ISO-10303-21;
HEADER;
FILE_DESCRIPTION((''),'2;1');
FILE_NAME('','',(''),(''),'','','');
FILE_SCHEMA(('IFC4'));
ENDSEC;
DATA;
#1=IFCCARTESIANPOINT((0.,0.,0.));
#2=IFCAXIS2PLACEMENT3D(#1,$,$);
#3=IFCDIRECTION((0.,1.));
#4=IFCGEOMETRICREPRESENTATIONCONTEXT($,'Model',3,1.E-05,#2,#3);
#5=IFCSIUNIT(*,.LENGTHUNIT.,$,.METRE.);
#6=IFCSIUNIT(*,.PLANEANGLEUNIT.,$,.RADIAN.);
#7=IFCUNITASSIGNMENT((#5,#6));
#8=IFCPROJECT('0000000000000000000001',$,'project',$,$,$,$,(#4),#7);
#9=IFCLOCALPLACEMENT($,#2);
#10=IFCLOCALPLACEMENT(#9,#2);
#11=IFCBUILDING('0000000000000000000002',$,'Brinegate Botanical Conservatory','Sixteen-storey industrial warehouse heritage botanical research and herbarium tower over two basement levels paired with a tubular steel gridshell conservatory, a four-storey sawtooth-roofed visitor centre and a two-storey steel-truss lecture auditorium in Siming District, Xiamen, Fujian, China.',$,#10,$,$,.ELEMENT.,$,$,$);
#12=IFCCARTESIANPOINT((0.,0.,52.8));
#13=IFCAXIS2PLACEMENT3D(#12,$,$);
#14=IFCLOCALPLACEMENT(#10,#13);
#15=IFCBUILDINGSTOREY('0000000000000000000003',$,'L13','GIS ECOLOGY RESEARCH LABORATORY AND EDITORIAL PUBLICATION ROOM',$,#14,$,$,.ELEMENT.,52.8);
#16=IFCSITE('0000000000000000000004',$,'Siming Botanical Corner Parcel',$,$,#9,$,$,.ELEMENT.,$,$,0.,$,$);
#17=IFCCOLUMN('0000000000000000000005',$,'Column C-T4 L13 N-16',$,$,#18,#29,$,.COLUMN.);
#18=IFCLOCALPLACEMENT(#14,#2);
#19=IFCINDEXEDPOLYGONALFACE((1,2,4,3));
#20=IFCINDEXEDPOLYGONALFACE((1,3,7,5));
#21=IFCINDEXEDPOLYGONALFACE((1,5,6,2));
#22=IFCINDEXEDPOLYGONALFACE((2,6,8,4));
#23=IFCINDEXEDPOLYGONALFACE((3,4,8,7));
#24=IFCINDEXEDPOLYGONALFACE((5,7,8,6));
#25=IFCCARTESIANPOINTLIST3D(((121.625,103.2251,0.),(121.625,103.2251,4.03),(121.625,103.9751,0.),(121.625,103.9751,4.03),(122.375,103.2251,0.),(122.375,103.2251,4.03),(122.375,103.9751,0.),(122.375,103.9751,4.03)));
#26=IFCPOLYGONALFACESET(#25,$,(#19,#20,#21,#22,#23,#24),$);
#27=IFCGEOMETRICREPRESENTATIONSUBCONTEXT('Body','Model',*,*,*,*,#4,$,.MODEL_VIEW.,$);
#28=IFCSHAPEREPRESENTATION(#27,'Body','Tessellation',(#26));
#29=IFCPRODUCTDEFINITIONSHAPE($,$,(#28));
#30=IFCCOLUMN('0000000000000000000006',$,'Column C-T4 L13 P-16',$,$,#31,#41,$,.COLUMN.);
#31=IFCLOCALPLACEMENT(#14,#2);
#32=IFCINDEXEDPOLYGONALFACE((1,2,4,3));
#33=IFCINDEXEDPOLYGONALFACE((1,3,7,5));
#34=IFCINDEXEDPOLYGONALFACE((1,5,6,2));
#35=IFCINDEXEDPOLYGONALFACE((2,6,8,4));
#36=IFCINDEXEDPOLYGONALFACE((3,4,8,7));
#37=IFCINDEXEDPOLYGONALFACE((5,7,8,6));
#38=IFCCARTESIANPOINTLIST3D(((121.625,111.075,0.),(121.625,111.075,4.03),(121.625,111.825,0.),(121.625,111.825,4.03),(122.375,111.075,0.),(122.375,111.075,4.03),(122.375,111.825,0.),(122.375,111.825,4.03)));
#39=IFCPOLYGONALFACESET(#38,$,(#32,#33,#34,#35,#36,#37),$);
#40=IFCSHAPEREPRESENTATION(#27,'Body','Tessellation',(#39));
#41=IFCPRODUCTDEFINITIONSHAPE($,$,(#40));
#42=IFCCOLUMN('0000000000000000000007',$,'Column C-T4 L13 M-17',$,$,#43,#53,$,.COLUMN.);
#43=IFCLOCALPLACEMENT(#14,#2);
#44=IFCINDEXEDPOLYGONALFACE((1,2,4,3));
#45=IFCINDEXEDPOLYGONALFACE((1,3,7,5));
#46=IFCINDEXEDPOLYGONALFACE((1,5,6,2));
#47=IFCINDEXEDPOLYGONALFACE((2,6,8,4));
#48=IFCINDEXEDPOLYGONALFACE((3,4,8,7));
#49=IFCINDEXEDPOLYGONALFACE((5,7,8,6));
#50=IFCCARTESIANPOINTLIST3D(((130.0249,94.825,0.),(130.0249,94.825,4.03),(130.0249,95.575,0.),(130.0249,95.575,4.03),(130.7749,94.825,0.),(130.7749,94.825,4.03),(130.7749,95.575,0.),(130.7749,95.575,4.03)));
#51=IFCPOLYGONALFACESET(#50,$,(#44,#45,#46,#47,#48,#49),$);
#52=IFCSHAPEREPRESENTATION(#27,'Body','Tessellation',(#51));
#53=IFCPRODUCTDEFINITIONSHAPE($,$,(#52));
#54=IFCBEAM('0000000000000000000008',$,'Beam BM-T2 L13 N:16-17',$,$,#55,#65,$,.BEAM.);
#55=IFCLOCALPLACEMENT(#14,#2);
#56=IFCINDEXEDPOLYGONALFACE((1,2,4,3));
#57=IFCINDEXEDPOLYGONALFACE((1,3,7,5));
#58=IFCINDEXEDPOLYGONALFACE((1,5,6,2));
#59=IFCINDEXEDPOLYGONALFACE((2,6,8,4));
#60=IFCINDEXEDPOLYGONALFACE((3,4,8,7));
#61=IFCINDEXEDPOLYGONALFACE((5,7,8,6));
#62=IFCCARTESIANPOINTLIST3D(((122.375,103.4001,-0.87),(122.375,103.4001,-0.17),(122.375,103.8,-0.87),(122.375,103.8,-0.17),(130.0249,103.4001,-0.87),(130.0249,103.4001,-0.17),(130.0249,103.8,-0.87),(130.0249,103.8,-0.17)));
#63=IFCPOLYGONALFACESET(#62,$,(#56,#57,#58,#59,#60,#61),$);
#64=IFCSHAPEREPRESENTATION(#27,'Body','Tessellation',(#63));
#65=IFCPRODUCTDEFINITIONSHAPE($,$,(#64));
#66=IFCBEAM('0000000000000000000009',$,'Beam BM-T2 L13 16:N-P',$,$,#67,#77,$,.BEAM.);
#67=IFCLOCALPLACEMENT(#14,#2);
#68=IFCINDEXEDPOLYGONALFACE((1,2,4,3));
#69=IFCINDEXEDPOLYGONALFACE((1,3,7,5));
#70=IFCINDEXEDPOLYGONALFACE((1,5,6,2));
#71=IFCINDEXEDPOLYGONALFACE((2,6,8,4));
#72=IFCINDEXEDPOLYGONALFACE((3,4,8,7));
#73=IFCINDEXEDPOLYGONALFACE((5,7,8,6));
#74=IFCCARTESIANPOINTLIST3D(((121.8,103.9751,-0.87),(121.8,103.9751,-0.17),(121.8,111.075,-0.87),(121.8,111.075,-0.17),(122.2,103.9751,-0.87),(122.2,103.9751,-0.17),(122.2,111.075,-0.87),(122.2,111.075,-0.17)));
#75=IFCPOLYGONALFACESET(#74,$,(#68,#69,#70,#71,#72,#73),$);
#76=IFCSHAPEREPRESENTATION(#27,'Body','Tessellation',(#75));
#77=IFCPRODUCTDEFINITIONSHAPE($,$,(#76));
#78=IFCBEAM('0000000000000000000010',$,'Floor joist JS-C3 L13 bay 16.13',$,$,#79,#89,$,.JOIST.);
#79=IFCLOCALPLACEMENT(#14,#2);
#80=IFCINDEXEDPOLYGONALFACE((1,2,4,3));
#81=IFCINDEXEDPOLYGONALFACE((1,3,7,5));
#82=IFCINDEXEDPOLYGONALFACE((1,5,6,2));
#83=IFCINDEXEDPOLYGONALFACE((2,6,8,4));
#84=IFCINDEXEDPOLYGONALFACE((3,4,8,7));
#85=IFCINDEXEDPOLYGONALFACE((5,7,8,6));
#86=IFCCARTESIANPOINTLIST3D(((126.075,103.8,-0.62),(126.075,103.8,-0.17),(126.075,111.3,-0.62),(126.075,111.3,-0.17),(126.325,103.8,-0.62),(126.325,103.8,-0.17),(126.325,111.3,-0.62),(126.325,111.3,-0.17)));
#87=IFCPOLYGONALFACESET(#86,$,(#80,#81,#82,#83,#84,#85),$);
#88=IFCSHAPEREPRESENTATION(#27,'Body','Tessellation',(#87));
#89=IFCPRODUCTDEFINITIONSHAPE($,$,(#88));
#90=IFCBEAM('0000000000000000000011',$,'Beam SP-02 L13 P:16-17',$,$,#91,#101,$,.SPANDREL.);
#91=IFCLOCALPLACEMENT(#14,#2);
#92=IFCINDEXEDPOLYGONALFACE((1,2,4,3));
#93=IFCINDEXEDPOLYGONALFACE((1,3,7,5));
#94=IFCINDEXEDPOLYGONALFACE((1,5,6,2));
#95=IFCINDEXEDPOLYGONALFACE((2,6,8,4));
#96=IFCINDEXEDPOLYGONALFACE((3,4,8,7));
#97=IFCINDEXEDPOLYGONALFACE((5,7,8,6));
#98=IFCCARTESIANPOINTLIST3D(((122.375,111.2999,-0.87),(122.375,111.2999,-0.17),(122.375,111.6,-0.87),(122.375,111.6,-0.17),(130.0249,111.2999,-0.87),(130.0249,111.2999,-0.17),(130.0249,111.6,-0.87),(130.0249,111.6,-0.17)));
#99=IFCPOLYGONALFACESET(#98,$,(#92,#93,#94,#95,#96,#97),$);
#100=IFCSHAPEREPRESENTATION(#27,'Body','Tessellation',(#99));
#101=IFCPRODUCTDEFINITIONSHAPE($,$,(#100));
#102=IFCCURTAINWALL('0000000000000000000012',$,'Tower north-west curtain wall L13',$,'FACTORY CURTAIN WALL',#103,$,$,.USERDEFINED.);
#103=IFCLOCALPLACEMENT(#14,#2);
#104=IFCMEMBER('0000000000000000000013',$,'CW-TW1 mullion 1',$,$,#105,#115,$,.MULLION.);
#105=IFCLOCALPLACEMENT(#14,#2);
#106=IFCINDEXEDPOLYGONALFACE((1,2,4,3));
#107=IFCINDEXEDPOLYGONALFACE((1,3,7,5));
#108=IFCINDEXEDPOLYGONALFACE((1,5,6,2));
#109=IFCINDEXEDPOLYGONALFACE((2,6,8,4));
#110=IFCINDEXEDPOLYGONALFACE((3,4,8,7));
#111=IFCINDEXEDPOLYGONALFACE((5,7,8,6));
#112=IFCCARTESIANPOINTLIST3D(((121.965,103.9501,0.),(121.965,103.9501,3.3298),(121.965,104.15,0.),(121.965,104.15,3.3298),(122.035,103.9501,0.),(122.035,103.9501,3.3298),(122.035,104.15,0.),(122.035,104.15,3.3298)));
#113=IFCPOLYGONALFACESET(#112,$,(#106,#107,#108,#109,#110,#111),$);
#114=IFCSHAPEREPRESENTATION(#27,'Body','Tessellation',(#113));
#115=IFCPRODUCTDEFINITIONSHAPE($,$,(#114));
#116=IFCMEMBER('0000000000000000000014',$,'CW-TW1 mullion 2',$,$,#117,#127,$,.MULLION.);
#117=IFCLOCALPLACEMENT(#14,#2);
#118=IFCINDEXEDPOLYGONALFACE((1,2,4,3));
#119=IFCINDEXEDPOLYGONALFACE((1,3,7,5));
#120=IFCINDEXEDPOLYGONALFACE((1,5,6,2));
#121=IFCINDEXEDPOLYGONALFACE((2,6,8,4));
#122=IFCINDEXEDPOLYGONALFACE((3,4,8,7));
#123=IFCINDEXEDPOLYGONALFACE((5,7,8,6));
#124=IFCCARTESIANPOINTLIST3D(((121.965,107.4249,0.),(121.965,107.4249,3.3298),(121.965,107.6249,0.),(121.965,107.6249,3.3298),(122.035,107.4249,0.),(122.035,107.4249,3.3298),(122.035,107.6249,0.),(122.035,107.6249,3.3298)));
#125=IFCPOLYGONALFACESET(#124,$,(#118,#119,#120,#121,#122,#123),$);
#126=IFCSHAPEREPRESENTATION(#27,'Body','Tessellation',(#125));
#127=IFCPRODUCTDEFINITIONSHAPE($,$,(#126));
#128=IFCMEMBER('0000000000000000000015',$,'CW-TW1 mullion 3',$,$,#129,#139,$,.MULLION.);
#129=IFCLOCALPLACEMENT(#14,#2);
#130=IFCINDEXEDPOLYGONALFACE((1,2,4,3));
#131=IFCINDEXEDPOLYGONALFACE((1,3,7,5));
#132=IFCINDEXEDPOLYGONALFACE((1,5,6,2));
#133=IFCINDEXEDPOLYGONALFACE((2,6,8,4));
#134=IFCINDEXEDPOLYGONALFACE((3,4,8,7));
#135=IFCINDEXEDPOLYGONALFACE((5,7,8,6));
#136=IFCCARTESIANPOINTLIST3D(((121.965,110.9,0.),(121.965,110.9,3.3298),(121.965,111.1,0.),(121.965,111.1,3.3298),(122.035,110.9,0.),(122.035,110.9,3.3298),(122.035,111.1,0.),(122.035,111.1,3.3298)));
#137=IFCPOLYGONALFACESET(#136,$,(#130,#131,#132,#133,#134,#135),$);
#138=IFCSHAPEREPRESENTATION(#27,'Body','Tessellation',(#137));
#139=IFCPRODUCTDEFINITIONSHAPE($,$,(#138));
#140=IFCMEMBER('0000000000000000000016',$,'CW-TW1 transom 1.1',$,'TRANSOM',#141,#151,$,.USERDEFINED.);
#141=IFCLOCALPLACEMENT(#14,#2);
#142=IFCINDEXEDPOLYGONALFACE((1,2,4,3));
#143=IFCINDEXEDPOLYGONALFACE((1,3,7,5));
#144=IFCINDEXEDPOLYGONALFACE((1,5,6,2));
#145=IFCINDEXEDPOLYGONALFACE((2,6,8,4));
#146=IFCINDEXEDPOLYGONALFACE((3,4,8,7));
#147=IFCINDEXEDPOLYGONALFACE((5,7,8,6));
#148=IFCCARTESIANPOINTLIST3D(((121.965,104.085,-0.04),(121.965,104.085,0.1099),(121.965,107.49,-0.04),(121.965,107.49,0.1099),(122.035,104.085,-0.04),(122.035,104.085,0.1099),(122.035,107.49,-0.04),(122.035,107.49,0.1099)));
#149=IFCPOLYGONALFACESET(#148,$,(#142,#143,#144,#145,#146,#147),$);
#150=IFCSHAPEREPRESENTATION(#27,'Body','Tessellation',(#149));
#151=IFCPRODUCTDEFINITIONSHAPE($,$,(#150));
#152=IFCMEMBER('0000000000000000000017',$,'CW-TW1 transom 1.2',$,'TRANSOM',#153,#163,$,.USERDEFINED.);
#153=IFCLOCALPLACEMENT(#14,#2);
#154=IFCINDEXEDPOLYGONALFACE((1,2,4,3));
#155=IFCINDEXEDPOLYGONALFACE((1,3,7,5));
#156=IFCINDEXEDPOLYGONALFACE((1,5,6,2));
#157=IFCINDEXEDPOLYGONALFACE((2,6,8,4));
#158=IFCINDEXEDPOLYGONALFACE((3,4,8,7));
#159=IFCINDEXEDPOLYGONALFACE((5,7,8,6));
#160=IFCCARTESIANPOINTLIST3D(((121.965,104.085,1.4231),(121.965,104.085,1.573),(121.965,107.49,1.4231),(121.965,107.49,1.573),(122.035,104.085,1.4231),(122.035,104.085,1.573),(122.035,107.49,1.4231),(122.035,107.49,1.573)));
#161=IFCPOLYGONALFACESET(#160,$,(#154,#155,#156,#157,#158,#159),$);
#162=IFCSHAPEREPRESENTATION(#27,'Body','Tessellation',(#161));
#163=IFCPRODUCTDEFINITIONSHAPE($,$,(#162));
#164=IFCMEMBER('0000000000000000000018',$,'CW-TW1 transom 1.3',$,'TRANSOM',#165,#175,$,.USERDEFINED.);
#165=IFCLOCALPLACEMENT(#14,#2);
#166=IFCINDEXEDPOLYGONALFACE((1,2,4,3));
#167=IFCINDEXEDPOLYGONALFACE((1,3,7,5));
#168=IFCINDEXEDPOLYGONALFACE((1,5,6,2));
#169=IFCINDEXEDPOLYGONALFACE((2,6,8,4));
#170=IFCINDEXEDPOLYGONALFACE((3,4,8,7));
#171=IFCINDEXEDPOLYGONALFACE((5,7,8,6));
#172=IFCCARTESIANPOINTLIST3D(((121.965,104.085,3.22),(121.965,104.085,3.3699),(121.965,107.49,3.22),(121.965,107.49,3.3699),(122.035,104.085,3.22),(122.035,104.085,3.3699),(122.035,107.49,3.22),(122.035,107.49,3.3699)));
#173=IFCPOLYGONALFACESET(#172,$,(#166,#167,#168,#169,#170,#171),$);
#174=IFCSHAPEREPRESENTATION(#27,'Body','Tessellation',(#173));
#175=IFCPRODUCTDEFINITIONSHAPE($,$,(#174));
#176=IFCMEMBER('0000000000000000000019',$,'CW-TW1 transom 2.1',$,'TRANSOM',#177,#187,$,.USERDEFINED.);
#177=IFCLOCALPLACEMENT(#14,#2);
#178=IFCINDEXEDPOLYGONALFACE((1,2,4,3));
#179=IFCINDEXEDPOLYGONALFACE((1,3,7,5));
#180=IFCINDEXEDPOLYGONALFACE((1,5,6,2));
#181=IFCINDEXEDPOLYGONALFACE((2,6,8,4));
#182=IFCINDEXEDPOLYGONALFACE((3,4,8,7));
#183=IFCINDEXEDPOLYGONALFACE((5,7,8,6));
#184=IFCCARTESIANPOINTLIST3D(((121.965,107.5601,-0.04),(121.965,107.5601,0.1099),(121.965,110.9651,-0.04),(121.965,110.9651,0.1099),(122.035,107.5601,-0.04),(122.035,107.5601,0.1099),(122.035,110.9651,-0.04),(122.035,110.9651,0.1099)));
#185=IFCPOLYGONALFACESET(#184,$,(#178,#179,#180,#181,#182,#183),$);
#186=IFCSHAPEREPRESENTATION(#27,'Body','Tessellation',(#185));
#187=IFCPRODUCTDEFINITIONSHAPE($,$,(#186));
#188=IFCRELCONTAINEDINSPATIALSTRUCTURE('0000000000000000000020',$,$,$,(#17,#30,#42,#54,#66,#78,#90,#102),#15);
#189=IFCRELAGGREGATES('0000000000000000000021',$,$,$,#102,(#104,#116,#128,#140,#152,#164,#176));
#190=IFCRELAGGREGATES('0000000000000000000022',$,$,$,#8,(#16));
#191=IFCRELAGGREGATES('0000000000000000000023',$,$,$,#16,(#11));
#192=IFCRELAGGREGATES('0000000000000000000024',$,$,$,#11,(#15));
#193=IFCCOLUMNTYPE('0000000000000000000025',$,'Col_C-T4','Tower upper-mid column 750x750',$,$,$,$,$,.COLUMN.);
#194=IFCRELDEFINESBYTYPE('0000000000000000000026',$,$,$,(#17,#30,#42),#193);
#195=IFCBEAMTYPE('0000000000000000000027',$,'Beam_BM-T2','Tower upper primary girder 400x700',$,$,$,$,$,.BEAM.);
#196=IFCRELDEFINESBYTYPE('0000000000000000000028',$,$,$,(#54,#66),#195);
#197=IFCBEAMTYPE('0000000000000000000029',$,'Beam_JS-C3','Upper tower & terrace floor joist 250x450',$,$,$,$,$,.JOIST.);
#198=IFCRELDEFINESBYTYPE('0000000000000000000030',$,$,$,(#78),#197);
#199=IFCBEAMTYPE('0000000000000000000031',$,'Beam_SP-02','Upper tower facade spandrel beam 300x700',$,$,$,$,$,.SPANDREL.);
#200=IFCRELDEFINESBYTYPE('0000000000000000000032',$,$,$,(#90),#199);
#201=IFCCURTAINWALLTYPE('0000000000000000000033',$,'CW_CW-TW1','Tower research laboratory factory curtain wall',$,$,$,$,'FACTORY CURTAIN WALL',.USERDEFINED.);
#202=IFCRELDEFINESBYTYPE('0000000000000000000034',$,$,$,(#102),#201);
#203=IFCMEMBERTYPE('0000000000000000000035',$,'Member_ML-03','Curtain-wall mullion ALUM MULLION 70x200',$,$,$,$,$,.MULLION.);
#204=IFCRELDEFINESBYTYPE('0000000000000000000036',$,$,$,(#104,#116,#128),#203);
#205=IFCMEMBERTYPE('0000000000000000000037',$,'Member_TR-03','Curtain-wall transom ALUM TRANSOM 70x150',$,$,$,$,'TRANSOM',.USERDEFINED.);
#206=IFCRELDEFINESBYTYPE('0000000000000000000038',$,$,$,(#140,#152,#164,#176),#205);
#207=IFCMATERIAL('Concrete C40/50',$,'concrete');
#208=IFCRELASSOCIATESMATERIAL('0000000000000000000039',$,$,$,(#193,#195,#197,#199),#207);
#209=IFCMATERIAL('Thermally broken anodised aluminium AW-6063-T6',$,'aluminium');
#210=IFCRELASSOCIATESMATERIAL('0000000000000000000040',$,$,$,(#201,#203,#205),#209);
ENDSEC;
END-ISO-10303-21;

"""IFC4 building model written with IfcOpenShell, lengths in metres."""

from ifc_helpers import new_model, si_unit, direction, frame, origin, origin_2d, place, context, subcontext, project, spatial, rectangle, extrude, material, material_profile, profile_set, type_object, element, aggregate, save


model = new_model("IFC4")

# Units and contexts
model_context = context("Model", 3, precision=1e-05, world=origin(), true_north=direction((0.0, 1.0)))
body_context = subcontext(model_context, "Body", "Model", "MODEL_VIEW")
ifc_project = project(units=[si_unit("LENGTHUNIT", "METRE"), si_unit("PLANEANGLEUNIT", "RADIAN")], contexts=[model_context])

# Site, building, storey
site_placement = place(None, origin())
site = spatial("IfcSite", under=ifc_project, at=site_placement, Name="Siming Botanical Corner Parcel", CompositionType="ELEMENT", RefElevation=0.0)
building_placement = place(site_placement, origin())
building = spatial("IfcBuilding", under=site, at=building_placement, Name="Brinegate Botanical Conservatory", Description="Sixteen-storey industrial warehouse heritage botanical research and herbarium tower over two basement levels paired with a tubular steel gridshell conservatory, a four-storey sawtooth-roofed visitor centre and a two-storey steel-truss lecture auditorium in Siming District, Xiamen, Fujian, China.", CompositionType="ELEMENT")
storey_placement = place(building_placement, frame((0.0, 0.0, 52.8)))
storey = spatial("IfcBuildingStorey", under=building, at=storey_placement, Name="L13", Description="GIS ECOLOGY RESEARCH LABORATORY AND EDITORIAL PUBLICATION ROOM", CompositionType="ELEMENT", Elevation=52.8)

# Columns
ifc_material_1 = material(Name="Concrete C40/50", Category="concrete")
ifc_material_profile_1 = material_profile(ifc_material_1, rectangle(XDim=0.75, YDim=0.75, at=origin_2d()), Name="RC COL 750x750")
ifc_profile_set_1 = profile_set([ifc_material_profile_1], Name="Concrete C40/50")
column_type = type_object("IfcColumnType", Name="Col_C-T4", Description="Tower upper-mid column 750x750", PredefinedType="COLUMN", material=ifc_profile_set_1)
for number, where, z_axis, x_axis, name in (
    (1, (122.0, 103.6001, 0.0), (0.0, 0.0, 1.0), (1.0, 0.0, 0.0), "Column C-T4 L13 N-16"),
    (2, (122.0, 111.45, 0.0), (0.0, 0.0, 1.0), (1.0, 0.0, 0.0), "Column C-T4 L13 P-16"),
    (3, (130.3999, 95.2, 0.0), (0.0, 0.0, 1.0), (1.0, 0.0, 0.0), "Column C-T4 L13 M-17"),
):
    element("IfcColumn", number, at=place(storey_placement, frame(where, z_axis=z_axis, x_axis=x_axis)), inside=storey, type_object=column_type, Name=name, PredefinedType="COLUMN", context=body_context, shape_type="SweptSolid", body=[
        extrude(rectangle(XDim=0.75, YDim=0.75, at=origin_2d()), origin(), (0.0, 0.0, 1.0), 4.03),
    ])

# Beams
ifc_material_profile_2 = material_profile(ifc_material_1, rectangle(XDim=0.3999, YDim=0.7, at=origin_2d()), Name="RC BM 400x700")
ifc_profile_set_2 = profile_set([ifc_material_profile_2], Name="Concrete C40/50")
beam_type_1 = type_object("IfcBeamType", Name="Beam_BM-T2", Description="Tower upper primary girder 400x700", PredefinedType="BEAM", material=ifc_profile_set_2)
beam_1_placement = place(storey_placement, frame((122.375, 103.6001, -0.52), z_axis=(1.0, 0.0, 0.0), x_axis=(0.0, 1.0, 0.0)))
element("IfcBeam", 4, at=beam_1_placement, inside=storey, type_object=beam_type_1, Name="Beam BM-T2 L13 N:16-17", PredefinedType="BEAM", context=body_context, shape_type="SweptSolid", body=[
    extrude(rectangle(XDim=0.3999, YDim=0.7, at=origin_2d()), origin(), (0.0, 0.0, 1.0), 7.6499),
])
beam_2_placement = place(storey_placement, frame((122.0, 103.9751, -0.52), z_axis=(0.0, 1.0, 0.0), x_axis=(-1.0, 0.0, 0.0)))
element("IfcBeam", 5, at=beam_2_placement, inside=storey, type_object=beam_type_1, Name="Beam BM-T2 L13 16:N-P", PredefinedType="BEAM", context=body_context, shape_type="SweptSolid", body=[
    extrude(rectangle(XDim=0.3999, YDim=0.7, at=origin_2d()), origin(), (0.0, 0.0, 1.0), 7.0999),
])
ifc_material_profile_3 = material_profile(ifc_material_1, rectangle(XDim=0.25, YDim=0.45, at=origin_2d()), Name="RC JST 250x450")
ifc_profile_set_3 = profile_set([ifc_material_profile_3], Name="Concrete C40/50")
beam_type_2 = type_object("IfcBeamType", Name="Beam_JS-C3", Description="Upper tower & terrace floor joist 250x450", PredefinedType="JOIST", material=ifc_profile_set_3)
beam_3_placement = place(storey_placement, frame((126.2, 103.8, -0.395), z_axis=(0.0, 1.0, 0.0), x_axis=(-1.0, 0.0, 0.0)))
element("IfcBeam", 6, at=beam_3_placement, inside=storey, type_object=beam_type_2, Name="Floor joist JS-C3 L13 bay 16.13", PredefinedType="JOIST", context=body_context, shape_type="SweptSolid", body=[
    extrude(rectangle(XDim=0.25, YDim=0.45, at=origin_2d()), origin(), (0.0, 0.0, 1.0), 7.5),
])
ifc_material_profile_4 = material_profile(ifc_material_1, rectangle(XDim=0.3, YDim=0.7, at=origin_2d()), Name="RC SPN 300x700")
ifc_profile_set_4 = profile_set([ifc_material_profile_4], Name="Concrete C40/50")
beam_type_3 = type_object("IfcBeamType", Name="Beam_SP-02", Description="Upper tower facade spandrel beam 300x700", PredefinedType="SPANDREL", material=ifc_profile_set_4)
beam_4_placement = place(storey_placement, frame((122.375, 111.45, -0.52), z_axis=(1.0, 0.0, 0.0), x_axis=(0.0, 1.0, 0.0)))
element("IfcBeam", 7, at=beam_4_placement, inside=storey, type_object=beam_type_3, Name="Beam SP-02 L13 P:16-17", PredefinedType="SPANDREL", context=body_context, shape_type="SweptSolid", body=[
    extrude(rectangle(XDim=0.3, YDim=0.7, at=origin_2d()), origin(), (0.0, 0.0, 1.0), 7.6499),
])

# Curtain wall, members
ifc_material_2 = material(Name="Thermally broken anodised aluminium AW-6063-T6", Category="aluminium")
curtain_wall_type = type_object("IfcCurtainWallType", Name="CW_CW-TW1", Description="Tower research laboratory factory curtain wall", ElementType="FACTORY CURTAIN WALL", PredefinedType="USERDEFINED", material=ifc_material_2)
curtain_wall_placement = place(storey_placement, origin())
curtain_wall = element("IfcCurtainWall", 8, at=curtain_wall_placement, inside=storey, type_object=curtain_wall_type, Name="Tower north-west curtain wall L13", ObjectType="FACTORY CURTAIN WALL", PredefinedType="USERDEFINED")
ifc_material_profile_5 = material_profile(ifc_material_2, rectangle(XDim=0.0701, YDim=0.2, at=origin_2d()), Name="ALUM MULLION 70x200")
ifc_profile_set_5 = profile_set([ifc_material_profile_5], Name="Thermally broken anodised aluminium AW-6063-T6")
member_type_1 = type_object("IfcMemberType", Name="Member_ML-03", Description="Curtain-wall mullion ALUM MULLION 70x200", PredefinedType="MULLION", material=ifc_profile_set_5)
member_1_placement = place(storey_placement, frame((122.0, 104.05, 0.0), z_axis=(0.0, 0.0, 1.0), x_axis=(-1.0, 0.0, 0.0)))
member_1 = element("IfcMember", 9, at=member_1_placement, type_object=member_type_1, Name="CW-TW1 mullion 1", PredefinedType="MULLION", context=body_context, shape_type="SweptSolid", body=[
    extrude(rectangle(XDim=0.0701, YDim=0.2, at=origin_2d()), origin(), (0.0, 0.0, 1.0), 3.3298),
])
member_2_placement = place(storey_placement, frame((122.0, 107.5249, 0.0), z_axis=(0.0, 0.0, 1.0), x_axis=(-1.0, 0.0, 0.0)))
member_2 = element("IfcMember", 10, at=member_2_placement, type_object=member_type_1, Name="CW-TW1 mullion 2", PredefinedType="MULLION", context=body_context, shape_type="SweptSolid", body=[
    extrude(rectangle(XDim=0.0701, YDim=0.2, at=origin_2d()), origin(), (0.0, 0.0, 1.0), 3.3298),
])
member_3_placement = place(storey_placement, frame((122.0, 111.0, 0.0), z_axis=(0.0, 0.0, 1.0), x_axis=(-1.0, 0.0, 0.0)))
member_3 = element("IfcMember", 11, at=member_3_placement, type_object=member_type_1, Name="CW-TW1 mullion 3", PredefinedType="MULLION", context=body_context, shape_type="SweptSolid", body=[
    extrude(rectangle(XDim=0.0701, YDim=0.2, at=origin_2d()), origin(), (0.0, 0.0, 1.0), 3.3298),
])
ifc_material_profile_6 = material_profile(ifc_material_2, rectangle(XDim=0.0701, YDim=0.1499, at=origin_2d()), Name="ALUM TRANSOM 70x150")
ifc_profile_set_6 = profile_set([ifc_material_profile_6], Name="Thermally broken anodised aluminium AW-6063-T6")
member_type_2 = type_object("IfcMemberType", Name="Member_TR-03", Description="Curtain-wall transom ALUM TRANSOM 70x150", ElementType="TRANSOM", PredefinedType="USERDEFINED", material=ifc_profile_set_6)
member_4_placement = place(storey_placement, frame((122.0, 104.085, 0.0349), z_axis=(0.0, 1.0, 0.0), x_axis=(-1.0, 0.0, 0.0)))
member_4 = element("IfcMember", 12, at=member_4_placement, type_object=member_type_2, Name="CW-TW1 transom 1.1", ObjectType="TRANSOM", PredefinedType="USERDEFINED", context=body_context, shape_type="SweptSolid", body=[
    extrude(rectangle(XDim=0.0701, YDim=0.1499, at=origin_2d()), origin(), (0.0, 0.0, 1.0), 3.405),
])
member_5_placement = place(storey_placement, frame((122.0, 104.085, 1.498), z_axis=(0.0, 1.0, 0.0), x_axis=(-1.0, 0.0, 0.0)))
member_5 = element("IfcMember", 13, at=member_5_placement, type_object=member_type_2, Name="CW-TW1 transom 1.2", ObjectType="TRANSOM", PredefinedType="USERDEFINED", context=body_context, shape_type="SweptSolid", body=[
    extrude(rectangle(XDim=0.0701, YDim=0.1499, at=origin_2d()), origin(), (0.0, 0.0, 1.0), 3.405),
])
member_6_placement = place(storey_placement, frame((122.0, 104.085, 3.2949), z_axis=(0.0, 1.0, 0.0), x_axis=(-1.0, 0.0, 0.0)))
member_6 = element("IfcMember", 14, at=member_6_placement, type_object=member_type_2, Name="CW-TW1 transom 1.3", ObjectType="TRANSOM", PredefinedType="USERDEFINED", context=body_context, shape_type="SweptSolid", body=[
    extrude(rectangle(XDim=0.0701, YDim=0.1499, at=origin_2d()), origin(), (0.0, 0.0, 1.0), 3.405),
])
member_7_placement = place(storey_placement, frame((122.0, 107.5601, 0.0349), z_axis=(0.0, 1.0, 0.0), x_axis=(-1.0, 0.0, 0.0)))
member_7 = element("IfcMember", 15, at=member_7_placement, type_object=member_type_2, Name="CW-TW1 transom 2.1", ObjectType="TRANSOM", PredefinedType="USERDEFINED", context=body_context, shape_type="SweptSolid", body=[
    extrude(rectangle(XDim=0.0701, YDim=0.1499, at=origin_2d()), origin(), (0.0, 0.0, 1.0), 3.405),
])
aggregate(curtain_wall, [member_1, member_2, member_3, member_4, member_5, member_6, member_7])

save(model, "model.ifc")
